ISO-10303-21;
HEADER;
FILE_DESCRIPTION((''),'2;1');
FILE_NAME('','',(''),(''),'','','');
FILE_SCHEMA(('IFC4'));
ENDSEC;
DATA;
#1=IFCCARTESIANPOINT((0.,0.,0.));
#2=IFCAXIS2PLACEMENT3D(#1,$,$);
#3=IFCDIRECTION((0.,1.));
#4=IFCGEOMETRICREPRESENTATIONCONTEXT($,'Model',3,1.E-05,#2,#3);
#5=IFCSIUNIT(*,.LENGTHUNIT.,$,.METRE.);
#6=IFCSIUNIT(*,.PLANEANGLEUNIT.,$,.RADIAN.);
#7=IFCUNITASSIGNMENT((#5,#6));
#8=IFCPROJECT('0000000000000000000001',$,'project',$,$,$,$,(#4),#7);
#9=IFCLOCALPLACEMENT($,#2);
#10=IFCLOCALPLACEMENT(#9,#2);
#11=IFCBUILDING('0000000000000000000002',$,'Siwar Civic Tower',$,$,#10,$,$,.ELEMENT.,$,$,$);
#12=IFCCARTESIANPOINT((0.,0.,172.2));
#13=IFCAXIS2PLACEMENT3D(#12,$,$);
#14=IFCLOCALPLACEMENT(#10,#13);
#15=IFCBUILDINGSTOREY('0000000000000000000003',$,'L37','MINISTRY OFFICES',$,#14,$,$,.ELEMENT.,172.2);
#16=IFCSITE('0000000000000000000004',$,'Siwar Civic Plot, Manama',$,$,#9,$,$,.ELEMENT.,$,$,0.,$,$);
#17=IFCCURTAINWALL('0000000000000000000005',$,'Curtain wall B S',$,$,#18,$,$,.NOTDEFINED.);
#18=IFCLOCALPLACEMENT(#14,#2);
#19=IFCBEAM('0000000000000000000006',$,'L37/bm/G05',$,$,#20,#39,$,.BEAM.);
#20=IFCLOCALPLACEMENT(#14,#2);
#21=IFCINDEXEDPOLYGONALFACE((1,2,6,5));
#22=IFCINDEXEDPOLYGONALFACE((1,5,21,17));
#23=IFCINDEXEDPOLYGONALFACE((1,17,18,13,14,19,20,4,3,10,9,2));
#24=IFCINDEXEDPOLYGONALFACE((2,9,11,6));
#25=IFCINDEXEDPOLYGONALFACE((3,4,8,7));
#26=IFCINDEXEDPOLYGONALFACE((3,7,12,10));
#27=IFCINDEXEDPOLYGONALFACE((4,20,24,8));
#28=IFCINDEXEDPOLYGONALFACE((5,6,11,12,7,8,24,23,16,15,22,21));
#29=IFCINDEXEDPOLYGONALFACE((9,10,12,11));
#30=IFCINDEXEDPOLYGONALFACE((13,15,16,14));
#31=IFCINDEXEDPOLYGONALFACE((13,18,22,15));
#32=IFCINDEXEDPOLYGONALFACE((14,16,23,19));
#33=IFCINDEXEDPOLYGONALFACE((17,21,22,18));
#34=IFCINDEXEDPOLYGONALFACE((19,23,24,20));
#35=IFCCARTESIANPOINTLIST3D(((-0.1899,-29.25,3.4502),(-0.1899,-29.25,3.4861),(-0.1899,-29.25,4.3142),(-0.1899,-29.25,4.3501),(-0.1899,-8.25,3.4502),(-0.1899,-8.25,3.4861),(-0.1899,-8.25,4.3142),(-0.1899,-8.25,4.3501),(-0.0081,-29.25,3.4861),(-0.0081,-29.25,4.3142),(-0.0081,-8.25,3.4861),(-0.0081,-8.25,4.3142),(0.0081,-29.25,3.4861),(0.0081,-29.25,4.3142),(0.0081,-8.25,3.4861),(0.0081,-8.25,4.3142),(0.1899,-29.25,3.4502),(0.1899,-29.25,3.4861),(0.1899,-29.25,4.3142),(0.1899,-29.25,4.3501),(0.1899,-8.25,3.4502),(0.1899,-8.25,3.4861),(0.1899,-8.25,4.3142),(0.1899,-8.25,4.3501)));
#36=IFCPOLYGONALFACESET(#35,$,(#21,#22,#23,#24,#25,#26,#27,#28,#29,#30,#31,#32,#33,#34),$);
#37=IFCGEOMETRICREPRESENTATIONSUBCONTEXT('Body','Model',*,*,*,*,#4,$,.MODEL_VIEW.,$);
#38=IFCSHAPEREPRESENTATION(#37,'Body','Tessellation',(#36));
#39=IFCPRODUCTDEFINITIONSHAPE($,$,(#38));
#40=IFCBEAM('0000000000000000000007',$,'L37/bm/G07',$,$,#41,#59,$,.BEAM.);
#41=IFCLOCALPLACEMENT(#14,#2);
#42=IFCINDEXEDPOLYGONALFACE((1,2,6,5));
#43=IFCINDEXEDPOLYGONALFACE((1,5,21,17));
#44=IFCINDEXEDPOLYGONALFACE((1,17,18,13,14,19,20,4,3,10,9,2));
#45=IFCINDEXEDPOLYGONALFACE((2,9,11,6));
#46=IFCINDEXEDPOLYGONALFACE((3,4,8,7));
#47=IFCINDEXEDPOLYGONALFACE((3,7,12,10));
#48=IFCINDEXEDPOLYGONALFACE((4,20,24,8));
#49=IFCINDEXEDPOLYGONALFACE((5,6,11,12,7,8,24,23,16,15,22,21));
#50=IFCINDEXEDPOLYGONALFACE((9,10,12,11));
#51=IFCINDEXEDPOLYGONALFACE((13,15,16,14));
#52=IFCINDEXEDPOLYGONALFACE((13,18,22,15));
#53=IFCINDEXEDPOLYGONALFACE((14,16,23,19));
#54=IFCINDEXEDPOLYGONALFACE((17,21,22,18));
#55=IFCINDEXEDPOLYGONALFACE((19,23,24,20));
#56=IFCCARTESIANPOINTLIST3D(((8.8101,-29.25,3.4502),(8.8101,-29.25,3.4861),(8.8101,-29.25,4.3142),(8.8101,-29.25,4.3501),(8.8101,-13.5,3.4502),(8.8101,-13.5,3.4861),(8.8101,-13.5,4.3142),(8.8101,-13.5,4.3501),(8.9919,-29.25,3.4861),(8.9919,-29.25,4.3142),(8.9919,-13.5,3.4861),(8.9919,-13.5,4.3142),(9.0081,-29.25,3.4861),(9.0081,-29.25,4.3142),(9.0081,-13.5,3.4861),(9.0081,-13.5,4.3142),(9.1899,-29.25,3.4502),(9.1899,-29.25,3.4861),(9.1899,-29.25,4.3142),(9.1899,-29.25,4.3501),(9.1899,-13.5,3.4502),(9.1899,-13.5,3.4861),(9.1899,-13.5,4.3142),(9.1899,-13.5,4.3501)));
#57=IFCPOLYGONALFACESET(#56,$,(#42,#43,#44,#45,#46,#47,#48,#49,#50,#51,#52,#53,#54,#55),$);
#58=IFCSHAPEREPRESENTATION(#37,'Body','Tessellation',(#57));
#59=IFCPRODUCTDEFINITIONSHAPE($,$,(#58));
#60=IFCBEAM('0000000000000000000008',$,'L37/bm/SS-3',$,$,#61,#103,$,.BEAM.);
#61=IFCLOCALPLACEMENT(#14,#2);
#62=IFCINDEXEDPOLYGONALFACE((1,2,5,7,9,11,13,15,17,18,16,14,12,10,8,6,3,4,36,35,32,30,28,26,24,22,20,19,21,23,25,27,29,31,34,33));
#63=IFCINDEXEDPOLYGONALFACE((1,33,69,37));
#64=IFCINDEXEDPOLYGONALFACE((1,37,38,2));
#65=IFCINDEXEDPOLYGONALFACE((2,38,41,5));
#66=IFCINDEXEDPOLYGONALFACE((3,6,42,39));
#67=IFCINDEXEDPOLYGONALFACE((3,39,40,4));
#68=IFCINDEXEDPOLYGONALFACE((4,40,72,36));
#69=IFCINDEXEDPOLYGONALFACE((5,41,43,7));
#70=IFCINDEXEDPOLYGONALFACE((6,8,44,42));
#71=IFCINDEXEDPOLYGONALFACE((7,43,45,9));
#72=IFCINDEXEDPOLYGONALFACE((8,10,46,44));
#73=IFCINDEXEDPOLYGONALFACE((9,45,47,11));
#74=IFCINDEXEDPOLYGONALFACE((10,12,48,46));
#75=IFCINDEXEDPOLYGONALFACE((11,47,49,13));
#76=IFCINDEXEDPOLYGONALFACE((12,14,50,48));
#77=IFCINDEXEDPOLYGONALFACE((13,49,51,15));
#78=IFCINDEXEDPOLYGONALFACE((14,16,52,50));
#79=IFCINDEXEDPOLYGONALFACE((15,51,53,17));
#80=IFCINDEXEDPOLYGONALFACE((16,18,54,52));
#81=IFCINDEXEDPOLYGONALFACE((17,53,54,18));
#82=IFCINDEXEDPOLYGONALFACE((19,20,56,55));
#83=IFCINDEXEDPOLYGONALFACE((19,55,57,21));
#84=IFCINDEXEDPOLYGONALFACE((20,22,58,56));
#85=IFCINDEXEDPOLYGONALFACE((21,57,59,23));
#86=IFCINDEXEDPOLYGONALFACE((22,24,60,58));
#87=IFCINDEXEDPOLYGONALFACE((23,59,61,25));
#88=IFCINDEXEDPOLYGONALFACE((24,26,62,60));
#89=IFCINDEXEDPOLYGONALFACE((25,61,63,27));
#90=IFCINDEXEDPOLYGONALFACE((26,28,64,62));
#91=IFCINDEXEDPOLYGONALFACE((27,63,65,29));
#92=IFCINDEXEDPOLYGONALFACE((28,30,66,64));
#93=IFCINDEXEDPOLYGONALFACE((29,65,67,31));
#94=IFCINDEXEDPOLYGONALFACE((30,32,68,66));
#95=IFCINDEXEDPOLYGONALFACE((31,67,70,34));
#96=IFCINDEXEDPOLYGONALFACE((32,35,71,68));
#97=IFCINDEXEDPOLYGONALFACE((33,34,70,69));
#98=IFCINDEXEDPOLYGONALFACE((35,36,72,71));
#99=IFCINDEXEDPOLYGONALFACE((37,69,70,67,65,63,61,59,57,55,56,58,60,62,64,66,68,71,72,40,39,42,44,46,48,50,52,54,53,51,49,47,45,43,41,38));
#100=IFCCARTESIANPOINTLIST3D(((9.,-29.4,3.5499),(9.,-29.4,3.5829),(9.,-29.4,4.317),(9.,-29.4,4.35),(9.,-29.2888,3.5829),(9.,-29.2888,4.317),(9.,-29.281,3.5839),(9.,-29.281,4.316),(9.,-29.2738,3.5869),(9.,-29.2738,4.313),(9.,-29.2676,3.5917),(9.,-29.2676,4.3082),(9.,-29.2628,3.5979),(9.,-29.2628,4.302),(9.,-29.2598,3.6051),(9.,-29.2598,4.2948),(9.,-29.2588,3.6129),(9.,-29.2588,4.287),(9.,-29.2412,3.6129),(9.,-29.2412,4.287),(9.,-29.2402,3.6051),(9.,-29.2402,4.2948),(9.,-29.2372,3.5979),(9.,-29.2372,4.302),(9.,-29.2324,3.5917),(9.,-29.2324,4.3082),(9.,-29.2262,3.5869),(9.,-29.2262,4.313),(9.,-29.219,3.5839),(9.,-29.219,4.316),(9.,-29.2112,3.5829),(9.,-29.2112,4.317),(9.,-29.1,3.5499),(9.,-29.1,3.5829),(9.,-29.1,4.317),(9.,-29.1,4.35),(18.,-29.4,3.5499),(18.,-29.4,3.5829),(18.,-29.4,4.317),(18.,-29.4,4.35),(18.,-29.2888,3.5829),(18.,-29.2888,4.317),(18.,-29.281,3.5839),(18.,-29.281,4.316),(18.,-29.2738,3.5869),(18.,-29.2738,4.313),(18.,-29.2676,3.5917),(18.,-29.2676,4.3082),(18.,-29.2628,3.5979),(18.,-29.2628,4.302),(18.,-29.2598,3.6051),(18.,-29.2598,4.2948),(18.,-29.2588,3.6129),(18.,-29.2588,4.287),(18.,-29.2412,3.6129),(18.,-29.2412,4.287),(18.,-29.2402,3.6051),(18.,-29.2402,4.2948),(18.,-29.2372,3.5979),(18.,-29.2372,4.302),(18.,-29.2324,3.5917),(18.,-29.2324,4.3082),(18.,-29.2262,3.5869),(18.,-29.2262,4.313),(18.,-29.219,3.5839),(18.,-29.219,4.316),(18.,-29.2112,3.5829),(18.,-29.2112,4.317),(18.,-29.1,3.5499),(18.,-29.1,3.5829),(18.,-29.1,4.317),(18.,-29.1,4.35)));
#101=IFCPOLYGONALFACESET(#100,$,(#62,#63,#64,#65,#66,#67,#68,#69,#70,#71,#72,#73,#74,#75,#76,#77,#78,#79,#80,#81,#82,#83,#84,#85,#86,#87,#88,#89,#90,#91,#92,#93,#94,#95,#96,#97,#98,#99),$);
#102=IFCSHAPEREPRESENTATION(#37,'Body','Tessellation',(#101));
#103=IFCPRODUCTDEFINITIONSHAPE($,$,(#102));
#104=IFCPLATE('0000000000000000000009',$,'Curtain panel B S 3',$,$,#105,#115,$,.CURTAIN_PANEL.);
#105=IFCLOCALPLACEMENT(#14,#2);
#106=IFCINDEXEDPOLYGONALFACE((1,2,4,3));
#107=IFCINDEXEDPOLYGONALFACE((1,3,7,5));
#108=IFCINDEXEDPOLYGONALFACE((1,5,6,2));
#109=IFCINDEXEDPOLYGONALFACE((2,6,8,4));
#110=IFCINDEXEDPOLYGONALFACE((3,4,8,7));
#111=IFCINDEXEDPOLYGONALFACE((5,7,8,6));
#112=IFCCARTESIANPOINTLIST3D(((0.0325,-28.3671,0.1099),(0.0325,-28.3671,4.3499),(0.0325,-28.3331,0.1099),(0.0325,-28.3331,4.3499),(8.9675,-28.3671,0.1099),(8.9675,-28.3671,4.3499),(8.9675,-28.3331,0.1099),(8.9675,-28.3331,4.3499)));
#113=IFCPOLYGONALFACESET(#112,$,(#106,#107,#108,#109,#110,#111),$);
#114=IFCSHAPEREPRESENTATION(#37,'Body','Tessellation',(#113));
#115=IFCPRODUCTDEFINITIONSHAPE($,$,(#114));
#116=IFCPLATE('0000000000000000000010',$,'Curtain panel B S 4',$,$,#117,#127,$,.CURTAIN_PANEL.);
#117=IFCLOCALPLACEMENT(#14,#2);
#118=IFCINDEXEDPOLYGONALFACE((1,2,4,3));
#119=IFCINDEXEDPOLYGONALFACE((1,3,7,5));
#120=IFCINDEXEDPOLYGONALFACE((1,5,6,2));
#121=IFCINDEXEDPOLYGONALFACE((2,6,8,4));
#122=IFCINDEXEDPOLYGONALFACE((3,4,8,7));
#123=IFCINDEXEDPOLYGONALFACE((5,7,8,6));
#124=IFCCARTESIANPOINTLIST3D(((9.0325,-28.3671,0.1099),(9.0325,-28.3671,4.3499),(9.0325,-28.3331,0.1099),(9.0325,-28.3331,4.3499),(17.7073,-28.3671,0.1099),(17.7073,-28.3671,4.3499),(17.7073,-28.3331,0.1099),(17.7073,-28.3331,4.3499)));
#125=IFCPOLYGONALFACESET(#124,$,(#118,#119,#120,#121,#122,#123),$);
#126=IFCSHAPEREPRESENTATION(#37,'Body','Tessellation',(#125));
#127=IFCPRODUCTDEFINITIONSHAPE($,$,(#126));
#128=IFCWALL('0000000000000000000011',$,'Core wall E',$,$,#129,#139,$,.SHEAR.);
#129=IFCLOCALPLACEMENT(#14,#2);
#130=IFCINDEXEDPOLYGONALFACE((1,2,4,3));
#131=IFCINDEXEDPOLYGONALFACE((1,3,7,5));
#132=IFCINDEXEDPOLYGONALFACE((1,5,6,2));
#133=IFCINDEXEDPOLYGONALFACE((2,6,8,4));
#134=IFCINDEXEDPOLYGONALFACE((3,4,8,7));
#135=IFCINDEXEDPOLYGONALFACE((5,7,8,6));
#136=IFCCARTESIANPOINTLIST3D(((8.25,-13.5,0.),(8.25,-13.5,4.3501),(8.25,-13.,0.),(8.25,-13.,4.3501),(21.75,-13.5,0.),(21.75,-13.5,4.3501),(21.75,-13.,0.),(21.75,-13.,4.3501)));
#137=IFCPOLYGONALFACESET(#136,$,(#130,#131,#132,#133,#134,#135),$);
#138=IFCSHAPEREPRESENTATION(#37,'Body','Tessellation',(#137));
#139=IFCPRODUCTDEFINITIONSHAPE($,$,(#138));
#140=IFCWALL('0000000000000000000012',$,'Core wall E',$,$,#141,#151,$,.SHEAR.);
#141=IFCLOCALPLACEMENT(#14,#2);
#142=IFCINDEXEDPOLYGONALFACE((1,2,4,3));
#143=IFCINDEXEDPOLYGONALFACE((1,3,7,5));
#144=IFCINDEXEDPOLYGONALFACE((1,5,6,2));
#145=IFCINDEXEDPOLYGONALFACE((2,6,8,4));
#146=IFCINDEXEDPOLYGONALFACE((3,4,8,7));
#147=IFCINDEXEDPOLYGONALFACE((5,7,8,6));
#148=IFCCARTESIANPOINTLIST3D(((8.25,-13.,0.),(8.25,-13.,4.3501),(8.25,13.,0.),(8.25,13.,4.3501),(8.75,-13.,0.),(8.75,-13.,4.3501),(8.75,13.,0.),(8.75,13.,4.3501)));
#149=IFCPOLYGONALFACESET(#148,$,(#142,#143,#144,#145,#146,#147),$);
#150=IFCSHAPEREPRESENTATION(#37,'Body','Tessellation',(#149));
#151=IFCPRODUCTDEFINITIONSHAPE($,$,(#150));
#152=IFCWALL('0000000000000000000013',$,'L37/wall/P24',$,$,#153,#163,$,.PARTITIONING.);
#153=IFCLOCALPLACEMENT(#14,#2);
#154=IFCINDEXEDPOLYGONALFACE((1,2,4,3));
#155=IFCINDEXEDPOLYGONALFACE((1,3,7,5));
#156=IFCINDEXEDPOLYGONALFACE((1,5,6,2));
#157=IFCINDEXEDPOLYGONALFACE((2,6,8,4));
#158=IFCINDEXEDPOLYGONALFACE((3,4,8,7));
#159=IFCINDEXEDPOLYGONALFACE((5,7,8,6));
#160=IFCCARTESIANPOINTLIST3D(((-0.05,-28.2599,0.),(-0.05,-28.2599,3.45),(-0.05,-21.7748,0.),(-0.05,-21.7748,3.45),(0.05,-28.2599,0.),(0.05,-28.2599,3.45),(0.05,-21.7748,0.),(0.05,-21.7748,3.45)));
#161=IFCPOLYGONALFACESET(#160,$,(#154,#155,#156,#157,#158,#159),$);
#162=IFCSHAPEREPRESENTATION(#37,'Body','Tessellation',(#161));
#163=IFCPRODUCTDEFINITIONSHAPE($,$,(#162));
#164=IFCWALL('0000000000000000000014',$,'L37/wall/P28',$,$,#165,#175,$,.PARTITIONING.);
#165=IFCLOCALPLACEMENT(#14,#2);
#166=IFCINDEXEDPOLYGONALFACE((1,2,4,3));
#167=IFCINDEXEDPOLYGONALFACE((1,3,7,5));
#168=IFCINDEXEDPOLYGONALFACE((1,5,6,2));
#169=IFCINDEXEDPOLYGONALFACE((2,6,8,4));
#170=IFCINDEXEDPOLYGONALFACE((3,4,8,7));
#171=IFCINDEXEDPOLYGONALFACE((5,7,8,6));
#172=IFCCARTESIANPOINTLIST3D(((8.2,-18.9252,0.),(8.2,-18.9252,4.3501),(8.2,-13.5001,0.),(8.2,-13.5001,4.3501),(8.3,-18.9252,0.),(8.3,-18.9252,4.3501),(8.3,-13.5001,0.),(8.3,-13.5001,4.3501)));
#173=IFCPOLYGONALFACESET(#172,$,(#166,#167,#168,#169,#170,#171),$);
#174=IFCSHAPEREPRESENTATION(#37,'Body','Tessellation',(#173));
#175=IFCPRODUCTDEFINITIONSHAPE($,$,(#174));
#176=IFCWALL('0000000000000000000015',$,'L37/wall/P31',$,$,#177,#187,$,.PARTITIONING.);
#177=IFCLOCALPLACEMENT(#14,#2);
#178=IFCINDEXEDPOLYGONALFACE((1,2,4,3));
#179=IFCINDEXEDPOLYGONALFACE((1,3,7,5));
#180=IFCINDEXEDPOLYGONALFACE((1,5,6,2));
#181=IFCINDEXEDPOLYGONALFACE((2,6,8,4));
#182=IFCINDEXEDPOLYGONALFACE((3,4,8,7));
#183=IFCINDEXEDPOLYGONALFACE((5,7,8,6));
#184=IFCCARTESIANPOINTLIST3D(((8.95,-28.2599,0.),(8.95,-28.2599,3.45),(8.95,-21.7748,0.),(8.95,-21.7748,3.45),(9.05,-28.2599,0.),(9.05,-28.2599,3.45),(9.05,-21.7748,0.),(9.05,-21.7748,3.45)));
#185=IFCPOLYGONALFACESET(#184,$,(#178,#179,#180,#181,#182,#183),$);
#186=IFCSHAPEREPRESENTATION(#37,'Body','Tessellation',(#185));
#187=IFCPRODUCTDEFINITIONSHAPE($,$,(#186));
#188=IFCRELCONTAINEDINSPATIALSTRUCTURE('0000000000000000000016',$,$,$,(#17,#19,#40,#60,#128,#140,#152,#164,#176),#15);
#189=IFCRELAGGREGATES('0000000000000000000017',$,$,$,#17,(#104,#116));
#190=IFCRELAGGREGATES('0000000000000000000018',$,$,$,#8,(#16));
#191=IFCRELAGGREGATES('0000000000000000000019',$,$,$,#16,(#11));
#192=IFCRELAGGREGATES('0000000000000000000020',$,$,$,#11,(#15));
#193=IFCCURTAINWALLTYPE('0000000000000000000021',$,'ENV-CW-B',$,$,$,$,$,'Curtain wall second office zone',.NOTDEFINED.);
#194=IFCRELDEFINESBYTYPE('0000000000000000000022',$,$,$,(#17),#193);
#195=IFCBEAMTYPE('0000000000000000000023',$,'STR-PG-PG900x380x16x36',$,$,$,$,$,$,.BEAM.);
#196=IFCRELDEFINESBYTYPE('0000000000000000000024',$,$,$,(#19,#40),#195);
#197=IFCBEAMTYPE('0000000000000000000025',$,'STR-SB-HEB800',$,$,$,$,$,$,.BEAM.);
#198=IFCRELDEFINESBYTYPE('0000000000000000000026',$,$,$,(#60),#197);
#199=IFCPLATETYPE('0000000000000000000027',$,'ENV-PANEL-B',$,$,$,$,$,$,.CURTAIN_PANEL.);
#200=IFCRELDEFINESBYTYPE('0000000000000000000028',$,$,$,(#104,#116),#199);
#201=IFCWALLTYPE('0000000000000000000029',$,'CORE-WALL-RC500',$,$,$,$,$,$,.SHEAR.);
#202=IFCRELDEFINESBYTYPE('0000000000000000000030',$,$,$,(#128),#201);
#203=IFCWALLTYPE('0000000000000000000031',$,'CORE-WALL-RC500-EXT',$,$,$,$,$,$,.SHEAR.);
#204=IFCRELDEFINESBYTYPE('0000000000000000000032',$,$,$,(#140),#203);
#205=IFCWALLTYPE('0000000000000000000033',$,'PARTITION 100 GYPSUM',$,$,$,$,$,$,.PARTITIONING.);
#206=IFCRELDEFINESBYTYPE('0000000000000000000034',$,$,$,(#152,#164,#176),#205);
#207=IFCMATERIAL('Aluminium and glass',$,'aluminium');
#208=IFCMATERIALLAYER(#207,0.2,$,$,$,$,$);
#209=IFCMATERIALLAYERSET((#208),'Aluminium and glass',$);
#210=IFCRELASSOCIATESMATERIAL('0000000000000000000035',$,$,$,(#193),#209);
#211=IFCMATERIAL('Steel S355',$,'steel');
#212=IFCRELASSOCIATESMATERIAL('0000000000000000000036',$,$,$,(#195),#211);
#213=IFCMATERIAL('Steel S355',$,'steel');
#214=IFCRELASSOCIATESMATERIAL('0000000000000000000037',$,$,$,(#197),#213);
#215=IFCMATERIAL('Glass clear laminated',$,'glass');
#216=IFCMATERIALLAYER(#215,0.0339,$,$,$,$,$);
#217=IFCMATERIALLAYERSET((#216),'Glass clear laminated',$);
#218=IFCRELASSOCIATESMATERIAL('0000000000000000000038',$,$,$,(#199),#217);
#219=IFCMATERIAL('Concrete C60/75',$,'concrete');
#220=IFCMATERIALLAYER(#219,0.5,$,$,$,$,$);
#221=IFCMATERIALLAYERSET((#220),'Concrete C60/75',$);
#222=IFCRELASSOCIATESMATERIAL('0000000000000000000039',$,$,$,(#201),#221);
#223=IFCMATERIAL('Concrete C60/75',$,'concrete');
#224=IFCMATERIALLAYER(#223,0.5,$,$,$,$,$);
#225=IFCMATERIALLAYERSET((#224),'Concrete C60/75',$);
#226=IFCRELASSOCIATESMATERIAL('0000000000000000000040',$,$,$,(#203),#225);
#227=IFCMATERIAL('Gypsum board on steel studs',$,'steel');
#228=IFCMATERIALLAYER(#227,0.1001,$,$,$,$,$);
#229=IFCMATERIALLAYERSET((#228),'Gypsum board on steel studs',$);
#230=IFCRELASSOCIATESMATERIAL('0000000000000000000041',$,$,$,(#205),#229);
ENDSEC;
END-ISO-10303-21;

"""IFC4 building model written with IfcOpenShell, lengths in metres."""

from ifc_helpers import new_model, si_unit, direction, frame, frame_2d, origin, origin_2d, place, context, subcontext, project, spatial, rectangle, i_section, extrude, material, layer, layer_set, material_profile, profile_set, type_object, element, aggregate, save


model = new_model("IFC4")

# Units and contexts
model_context = context("Model", 3, precision=1e-05, world=origin(), true_north=direction((0.0, 1.0)))
body_context = subcontext(model_context, "Body", "Model", "MODEL_VIEW")
ifc_project = project(units=[si_unit("LENGTHUNIT", "METRE"), si_unit("PLANEANGLEUNIT", "RADIAN")], contexts=[model_context])

# Site, building, storey
site_placement = place(None, origin())
site = spatial("IfcSite", under=ifc_project, at=site_placement, Name="Siwar Civic Plot, Manama", CompositionType="ELEMENT", RefElevation=0.0)
building_placement = place(site_placement, origin())
building = spatial("IfcBuilding", under=site, at=building_placement, Name="Siwar Civic Tower", CompositionType="ELEMENT")
storey_placement = place(building_placement, frame((0.0, 0.0, 172.2)))
storey = spatial("IfcBuildingStorey", under=building, at=storey_placement, Name="L37", Description="MINISTRY OFFICES", CompositionType="ELEMENT", Elevation=172.2)

# Curtain wall
ifc_material_1 = material(Name="Aluminium and glass", Category="aluminium")
ifc_layer_1 = layer(ifc_material_1, 0.2)
ifc_layer_set_1 = layer_set([ifc_layer_1], Name="Aluminium and glass")
curtain_wall_type = type_object("IfcCurtainWallType", Name="ENV-CW-B", ElementType="Curtain wall second office zone", PredefinedType="NOTDEFINED", material=ifc_layer_set_1)
curtain_wall_placement = place(storey_placement, origin())
curtain_wall = element("IfcCurtainWall", 1, at=curtain_wall_placement, inside=storey, type_object=curtain_wall_type, Name="Curtain wall B S", PredefinedType="NOTDEFINED")

# Beams
ifc_material_2 = material(Name="Steel S355", Category="steel")
ifc_material_profile_1 = material_profile(ifc_material_2, i_section(OverallWidth=0.3799, OverallDepth=0.8999, WebThickness=0.0161, FlangeThickness=0.0359, at=origin_2d()), Name="PG900x380x16x36")
ifc_profile_set_1 = profile_set([ifc_material_profile_1], Name="Steel S355")
beam_type_1 = type_object("IfcBeamType", Name="STR-PG-PG900x380x16x36", PredefinedType="BEAM", material=ifc_profile_set_1)
beam_1_placement = place(storey_placement, frame((0.0, -29.25, 3.9001), z_axis=(0.0, 1.0, 0.0), x_axis=(-1.0, 0.0, 0.0)))
element("IfcBeam", 2, at=beam_1_placement, inside=storey, type_object=beam_type_1, Name="L37/bm/G05", PredefinedType="BEAM", context=body_context, shape_type="SweptSolid", body=[
    extrude(i_section(OverallWidth=0.3799, OverallDepth=0.8999, WebThickness=0.0161, FlangeThickness=0.0359, at=origin_2d()), origin(), (0.0, 0.0, 1.0), 21.0),
])
beam_2_placement = place(storey_placement, frame((9.0, -29.25, 3.9001), z_axis=(0.0, 1.0, 0.0), x_axis=(-1.0, 0.0, 0.0)))
element("IfcBeam", 3, at=beam_2_placement, inside=storey, type_object=beam_type_1, Name="L37/bm/G07", PredefinedType="BEAM", context=body_context, shape_type="SweptSolid", body=[
    extrude(i_section(OverallWidth=0.3799, OverallDepth=0.8999, WebThickness=0.0161, FlangeThickness=0.0359, at=origin_2d()), origin(), (0.0, 0.0, 1.0), 15.75),
])
ifc_material_3 = material(Name="Steel S355", Category="steel")
ifc_material_profile_2 = material_profile(ifc_material_3, i_section(OverallWidth=0.3, OverallDepth=0.8, WebThickness=0.0176, FlangeThickness=0.033, FilletRadius=0.03, at=origin_2d()), Name="HEB800")
ifc_profile_set_2 = profile_set([ifc_material_profile_2], Name="Steel S355")
beam_type_2 = type_object("IfcBeamType", Name="STR-SB-HEB800", PredefinedType="BEAM", material=ifc_profile_set_2)
beam_3_placement = place(storey_placement, frame((9.0, -29.25, 3.95), z_axis=(1.0, 0.0, 0.0), x_axis=(0.0, 1.0, 0.0)))
element("IfcBeam", 4, at=beam_3_placement, inside=storey, type_object=beam_type_2, Name="L37/bm/SS-3", PredefinedType="BEAM", context=body_context, shape_type="SweptSolid", body=[
    extrude(i_section(OverallWidth=0.3, OverallDepth=0.8, WebThickness=0.0176, FlangeThickness=0.033, FilletRadius=0.03, at=origin_2d()), origin(), (0.0, 0.0, 1.0), 9.0),
])

# Plates
ifc_material_4 = material(Name="Glass clear laminated", Category="glass")
ifc_layer_2 = layer(ifc_material_4, 0.0339)
ifc_layer_set_2 = layer_set([ifc_layer_2], Name="Glass clear laminated")
plate_type = type_object("IfcPlateType", Name="ENV-PANEL-B", PredefinedType="CURTAIN_PANEL", material=ifc_layer_set_2)
plate_1_placement = place(storey_placement, frame((4.5, -28.3501, 0.1099), z_axis=(0.0, 0.0, 1.0), x_axis=(1.0, 0.0, 0.0)))
plate_1 = element("IfcPlate", 5, at=plate_1_placement, type_object=plate_type, Name="Curtain panel B S 3", PredefinedType="CURTAIN_PANEL", context=body_context, shape_type="SweptSolid", body=[
    extrude(rectangle(XDim=8.9351, YDim=0.0339, at=origin_2d()), origin(), (0.0, 0.0, 1.0), 4.24),
])
plate_2_placement = place(storey_placement, frame((13.3699, -28.3501, 0.1099), z_axis=(0.0, 0.0, 1.0), x_axis=(1.0, 0.0, 0.0)))
plate_2 = element("IfcPlate", 6, at=plate_2_placement, type_object=plate_type, Name="Curtain panel B S 4", PredefinedType="CURTAIN_PANEL", context=body_context, shape_type="SweptSolid", body=[
    extrude(rectangle(XDim=8.6748, YDim=0.0339, at=origin_2d()), origin(), (0.0, 0.0, 1.0), 4.24),
])
aggregate(curtain_wall, [plate_1, plate_2])

# Walls
ifc_material_5 = material(Name="Concrete C60/75", Category="concrete")
ifc_layer_3 = layer(ifc_material_5, 0.5)
ifc_layer_set_3 = layer_set([ifc_layer_3], Name="Concrete C60/75")
wall_type_1 = type_object("IfcWallType", Name="CORE-WALL-RC500", PredefinedType="SHEAR", material=ifc_layer_set_3)
wall_1_placement = place(storey_placement, frame((8.25, -13.25, 0.0), z_axis=(0.0, 0.0, 1.0), x_axis=(1.0, 0.0, 0.0)))
element("IfcWall", 7, at=wall_1_placement, inside=storey, type_object=wall_type_1, Name="Core wall E", PredefinedType="SHEAR", context=body_context, shape_type="SweptSolid", body=[
    extrude(rectangle(XDim=13.5, YDim=0.5, at=frame_2d((6.75, 0.0))), origin(), (0.0, 0.0, 1.0), 4.3501),
])
ifc_material_6 = material(Name="Concrete C60/75", Category="concrete")
ifc_layer_4 = layer(ifc_material_6, 0.5)
ifc_layer_set_4 = layer_set([ifc_layer_4], Name="Concrete C60/75")
wall_type_2 = type_object("IfcWallType", Name="CORE-WALL-RC500-EXT", PredefinedType="SHEAR", material=ifc_layer_set_4)
wall_2_placement = place(storey_placement, frame((8.5, -13.0, 0.0), z_axis=(0.0, 0.0, 1.0), x_axis=(0.0, 1.0, 0.0)))
element("IfcWall", 8, at=wall_2_placement, inside=storey, type_object=wall_type_2, Name="Core wall E", PredefinedType="SHEAR", context=body_context, shape_type="SweptSolid", body=[
    extrude(rectangle(XDim=26.0, YDim=0.5, at=frame_2d((13.0, 0.0))), origin(), (0.0, 0.0, 1.0), 4.3501),
])
ifc_material_7 = material(Name="Gypsum board on steel studs", Category="steel")
ifc_layer_5 = layer(ifc_material_7, 0.1001)
ifc_layer_set_5 = layer_set([ifc_layer_5], Name="Gypsum board on steel studs")
wall_type_3 = type_object("IfcWallType", Name="PARTITION 100 GYPSUM", PredefinedType="PARTITIONING", material=ifc_layer_set_5)
wall_3_placement = place(storey_placement, frame((0.0, -28.26, 0.0), z_axis=(0.0, 0.0, 1.0), x_axis=(0.0, 1.0, 0.0)))
element("IfcWall", 9, at=wall_3_placement, inside=storey, type_object=wall_type_3, Name="L37/wall/P24", PredefinedType="PARTITIONING", context=body_context, shape_type="SweptSolid", body=[
    extrude(rectangle(XDim=6.4851, YDim=0.1001, at=frame_2d((3.2427, 0.0))), origin(), (0.0, 0.0, 1.0), 3.45),
])
wall_4_placement = place(storey_placement, frame((8.25, -18.925, 0.0), z_axis=(0.0, 0.0, 1.0), x_axis=(0.0, 1.0, 0.0)))
element("IfcWall", 10, at=wall_4_placement, inside=storey, type_object=wall_type_3, Name="L37/wall/P28", PredefinedType="PARTITIONING", context=body_context, shape_type="SweptSolid", body=[
    extrude(rectangle(XDim=5.425, YDim=0.1001, at=frame_2d((2.7124, 0.0))), origin(), (0.0, 0.0, 1.0), 4.3501),
])
wall_5_placement = place(storey_placement, frame((9.0, -28.26, 0.0), z_axis=(0.0, 0.0, 1.0), x_axis=(0.0, 1.0, 0.0)))
element("IfcWall", 11, at=wall_5_placement, inside=storey, type_object=wall_type_3, Name="L37/wall/P31", PredefinedType="PARTITIONING", context=body_context, shape_type="SweptSolid", body=[
    extrude(rectangle(XDim=6.4851, YDim=0.1001, at=frame_2d((3.2427, 0.0))), origin(), (0.0, 0.0, 1.0), 3.45),
])

save(model, "model.ifc")
